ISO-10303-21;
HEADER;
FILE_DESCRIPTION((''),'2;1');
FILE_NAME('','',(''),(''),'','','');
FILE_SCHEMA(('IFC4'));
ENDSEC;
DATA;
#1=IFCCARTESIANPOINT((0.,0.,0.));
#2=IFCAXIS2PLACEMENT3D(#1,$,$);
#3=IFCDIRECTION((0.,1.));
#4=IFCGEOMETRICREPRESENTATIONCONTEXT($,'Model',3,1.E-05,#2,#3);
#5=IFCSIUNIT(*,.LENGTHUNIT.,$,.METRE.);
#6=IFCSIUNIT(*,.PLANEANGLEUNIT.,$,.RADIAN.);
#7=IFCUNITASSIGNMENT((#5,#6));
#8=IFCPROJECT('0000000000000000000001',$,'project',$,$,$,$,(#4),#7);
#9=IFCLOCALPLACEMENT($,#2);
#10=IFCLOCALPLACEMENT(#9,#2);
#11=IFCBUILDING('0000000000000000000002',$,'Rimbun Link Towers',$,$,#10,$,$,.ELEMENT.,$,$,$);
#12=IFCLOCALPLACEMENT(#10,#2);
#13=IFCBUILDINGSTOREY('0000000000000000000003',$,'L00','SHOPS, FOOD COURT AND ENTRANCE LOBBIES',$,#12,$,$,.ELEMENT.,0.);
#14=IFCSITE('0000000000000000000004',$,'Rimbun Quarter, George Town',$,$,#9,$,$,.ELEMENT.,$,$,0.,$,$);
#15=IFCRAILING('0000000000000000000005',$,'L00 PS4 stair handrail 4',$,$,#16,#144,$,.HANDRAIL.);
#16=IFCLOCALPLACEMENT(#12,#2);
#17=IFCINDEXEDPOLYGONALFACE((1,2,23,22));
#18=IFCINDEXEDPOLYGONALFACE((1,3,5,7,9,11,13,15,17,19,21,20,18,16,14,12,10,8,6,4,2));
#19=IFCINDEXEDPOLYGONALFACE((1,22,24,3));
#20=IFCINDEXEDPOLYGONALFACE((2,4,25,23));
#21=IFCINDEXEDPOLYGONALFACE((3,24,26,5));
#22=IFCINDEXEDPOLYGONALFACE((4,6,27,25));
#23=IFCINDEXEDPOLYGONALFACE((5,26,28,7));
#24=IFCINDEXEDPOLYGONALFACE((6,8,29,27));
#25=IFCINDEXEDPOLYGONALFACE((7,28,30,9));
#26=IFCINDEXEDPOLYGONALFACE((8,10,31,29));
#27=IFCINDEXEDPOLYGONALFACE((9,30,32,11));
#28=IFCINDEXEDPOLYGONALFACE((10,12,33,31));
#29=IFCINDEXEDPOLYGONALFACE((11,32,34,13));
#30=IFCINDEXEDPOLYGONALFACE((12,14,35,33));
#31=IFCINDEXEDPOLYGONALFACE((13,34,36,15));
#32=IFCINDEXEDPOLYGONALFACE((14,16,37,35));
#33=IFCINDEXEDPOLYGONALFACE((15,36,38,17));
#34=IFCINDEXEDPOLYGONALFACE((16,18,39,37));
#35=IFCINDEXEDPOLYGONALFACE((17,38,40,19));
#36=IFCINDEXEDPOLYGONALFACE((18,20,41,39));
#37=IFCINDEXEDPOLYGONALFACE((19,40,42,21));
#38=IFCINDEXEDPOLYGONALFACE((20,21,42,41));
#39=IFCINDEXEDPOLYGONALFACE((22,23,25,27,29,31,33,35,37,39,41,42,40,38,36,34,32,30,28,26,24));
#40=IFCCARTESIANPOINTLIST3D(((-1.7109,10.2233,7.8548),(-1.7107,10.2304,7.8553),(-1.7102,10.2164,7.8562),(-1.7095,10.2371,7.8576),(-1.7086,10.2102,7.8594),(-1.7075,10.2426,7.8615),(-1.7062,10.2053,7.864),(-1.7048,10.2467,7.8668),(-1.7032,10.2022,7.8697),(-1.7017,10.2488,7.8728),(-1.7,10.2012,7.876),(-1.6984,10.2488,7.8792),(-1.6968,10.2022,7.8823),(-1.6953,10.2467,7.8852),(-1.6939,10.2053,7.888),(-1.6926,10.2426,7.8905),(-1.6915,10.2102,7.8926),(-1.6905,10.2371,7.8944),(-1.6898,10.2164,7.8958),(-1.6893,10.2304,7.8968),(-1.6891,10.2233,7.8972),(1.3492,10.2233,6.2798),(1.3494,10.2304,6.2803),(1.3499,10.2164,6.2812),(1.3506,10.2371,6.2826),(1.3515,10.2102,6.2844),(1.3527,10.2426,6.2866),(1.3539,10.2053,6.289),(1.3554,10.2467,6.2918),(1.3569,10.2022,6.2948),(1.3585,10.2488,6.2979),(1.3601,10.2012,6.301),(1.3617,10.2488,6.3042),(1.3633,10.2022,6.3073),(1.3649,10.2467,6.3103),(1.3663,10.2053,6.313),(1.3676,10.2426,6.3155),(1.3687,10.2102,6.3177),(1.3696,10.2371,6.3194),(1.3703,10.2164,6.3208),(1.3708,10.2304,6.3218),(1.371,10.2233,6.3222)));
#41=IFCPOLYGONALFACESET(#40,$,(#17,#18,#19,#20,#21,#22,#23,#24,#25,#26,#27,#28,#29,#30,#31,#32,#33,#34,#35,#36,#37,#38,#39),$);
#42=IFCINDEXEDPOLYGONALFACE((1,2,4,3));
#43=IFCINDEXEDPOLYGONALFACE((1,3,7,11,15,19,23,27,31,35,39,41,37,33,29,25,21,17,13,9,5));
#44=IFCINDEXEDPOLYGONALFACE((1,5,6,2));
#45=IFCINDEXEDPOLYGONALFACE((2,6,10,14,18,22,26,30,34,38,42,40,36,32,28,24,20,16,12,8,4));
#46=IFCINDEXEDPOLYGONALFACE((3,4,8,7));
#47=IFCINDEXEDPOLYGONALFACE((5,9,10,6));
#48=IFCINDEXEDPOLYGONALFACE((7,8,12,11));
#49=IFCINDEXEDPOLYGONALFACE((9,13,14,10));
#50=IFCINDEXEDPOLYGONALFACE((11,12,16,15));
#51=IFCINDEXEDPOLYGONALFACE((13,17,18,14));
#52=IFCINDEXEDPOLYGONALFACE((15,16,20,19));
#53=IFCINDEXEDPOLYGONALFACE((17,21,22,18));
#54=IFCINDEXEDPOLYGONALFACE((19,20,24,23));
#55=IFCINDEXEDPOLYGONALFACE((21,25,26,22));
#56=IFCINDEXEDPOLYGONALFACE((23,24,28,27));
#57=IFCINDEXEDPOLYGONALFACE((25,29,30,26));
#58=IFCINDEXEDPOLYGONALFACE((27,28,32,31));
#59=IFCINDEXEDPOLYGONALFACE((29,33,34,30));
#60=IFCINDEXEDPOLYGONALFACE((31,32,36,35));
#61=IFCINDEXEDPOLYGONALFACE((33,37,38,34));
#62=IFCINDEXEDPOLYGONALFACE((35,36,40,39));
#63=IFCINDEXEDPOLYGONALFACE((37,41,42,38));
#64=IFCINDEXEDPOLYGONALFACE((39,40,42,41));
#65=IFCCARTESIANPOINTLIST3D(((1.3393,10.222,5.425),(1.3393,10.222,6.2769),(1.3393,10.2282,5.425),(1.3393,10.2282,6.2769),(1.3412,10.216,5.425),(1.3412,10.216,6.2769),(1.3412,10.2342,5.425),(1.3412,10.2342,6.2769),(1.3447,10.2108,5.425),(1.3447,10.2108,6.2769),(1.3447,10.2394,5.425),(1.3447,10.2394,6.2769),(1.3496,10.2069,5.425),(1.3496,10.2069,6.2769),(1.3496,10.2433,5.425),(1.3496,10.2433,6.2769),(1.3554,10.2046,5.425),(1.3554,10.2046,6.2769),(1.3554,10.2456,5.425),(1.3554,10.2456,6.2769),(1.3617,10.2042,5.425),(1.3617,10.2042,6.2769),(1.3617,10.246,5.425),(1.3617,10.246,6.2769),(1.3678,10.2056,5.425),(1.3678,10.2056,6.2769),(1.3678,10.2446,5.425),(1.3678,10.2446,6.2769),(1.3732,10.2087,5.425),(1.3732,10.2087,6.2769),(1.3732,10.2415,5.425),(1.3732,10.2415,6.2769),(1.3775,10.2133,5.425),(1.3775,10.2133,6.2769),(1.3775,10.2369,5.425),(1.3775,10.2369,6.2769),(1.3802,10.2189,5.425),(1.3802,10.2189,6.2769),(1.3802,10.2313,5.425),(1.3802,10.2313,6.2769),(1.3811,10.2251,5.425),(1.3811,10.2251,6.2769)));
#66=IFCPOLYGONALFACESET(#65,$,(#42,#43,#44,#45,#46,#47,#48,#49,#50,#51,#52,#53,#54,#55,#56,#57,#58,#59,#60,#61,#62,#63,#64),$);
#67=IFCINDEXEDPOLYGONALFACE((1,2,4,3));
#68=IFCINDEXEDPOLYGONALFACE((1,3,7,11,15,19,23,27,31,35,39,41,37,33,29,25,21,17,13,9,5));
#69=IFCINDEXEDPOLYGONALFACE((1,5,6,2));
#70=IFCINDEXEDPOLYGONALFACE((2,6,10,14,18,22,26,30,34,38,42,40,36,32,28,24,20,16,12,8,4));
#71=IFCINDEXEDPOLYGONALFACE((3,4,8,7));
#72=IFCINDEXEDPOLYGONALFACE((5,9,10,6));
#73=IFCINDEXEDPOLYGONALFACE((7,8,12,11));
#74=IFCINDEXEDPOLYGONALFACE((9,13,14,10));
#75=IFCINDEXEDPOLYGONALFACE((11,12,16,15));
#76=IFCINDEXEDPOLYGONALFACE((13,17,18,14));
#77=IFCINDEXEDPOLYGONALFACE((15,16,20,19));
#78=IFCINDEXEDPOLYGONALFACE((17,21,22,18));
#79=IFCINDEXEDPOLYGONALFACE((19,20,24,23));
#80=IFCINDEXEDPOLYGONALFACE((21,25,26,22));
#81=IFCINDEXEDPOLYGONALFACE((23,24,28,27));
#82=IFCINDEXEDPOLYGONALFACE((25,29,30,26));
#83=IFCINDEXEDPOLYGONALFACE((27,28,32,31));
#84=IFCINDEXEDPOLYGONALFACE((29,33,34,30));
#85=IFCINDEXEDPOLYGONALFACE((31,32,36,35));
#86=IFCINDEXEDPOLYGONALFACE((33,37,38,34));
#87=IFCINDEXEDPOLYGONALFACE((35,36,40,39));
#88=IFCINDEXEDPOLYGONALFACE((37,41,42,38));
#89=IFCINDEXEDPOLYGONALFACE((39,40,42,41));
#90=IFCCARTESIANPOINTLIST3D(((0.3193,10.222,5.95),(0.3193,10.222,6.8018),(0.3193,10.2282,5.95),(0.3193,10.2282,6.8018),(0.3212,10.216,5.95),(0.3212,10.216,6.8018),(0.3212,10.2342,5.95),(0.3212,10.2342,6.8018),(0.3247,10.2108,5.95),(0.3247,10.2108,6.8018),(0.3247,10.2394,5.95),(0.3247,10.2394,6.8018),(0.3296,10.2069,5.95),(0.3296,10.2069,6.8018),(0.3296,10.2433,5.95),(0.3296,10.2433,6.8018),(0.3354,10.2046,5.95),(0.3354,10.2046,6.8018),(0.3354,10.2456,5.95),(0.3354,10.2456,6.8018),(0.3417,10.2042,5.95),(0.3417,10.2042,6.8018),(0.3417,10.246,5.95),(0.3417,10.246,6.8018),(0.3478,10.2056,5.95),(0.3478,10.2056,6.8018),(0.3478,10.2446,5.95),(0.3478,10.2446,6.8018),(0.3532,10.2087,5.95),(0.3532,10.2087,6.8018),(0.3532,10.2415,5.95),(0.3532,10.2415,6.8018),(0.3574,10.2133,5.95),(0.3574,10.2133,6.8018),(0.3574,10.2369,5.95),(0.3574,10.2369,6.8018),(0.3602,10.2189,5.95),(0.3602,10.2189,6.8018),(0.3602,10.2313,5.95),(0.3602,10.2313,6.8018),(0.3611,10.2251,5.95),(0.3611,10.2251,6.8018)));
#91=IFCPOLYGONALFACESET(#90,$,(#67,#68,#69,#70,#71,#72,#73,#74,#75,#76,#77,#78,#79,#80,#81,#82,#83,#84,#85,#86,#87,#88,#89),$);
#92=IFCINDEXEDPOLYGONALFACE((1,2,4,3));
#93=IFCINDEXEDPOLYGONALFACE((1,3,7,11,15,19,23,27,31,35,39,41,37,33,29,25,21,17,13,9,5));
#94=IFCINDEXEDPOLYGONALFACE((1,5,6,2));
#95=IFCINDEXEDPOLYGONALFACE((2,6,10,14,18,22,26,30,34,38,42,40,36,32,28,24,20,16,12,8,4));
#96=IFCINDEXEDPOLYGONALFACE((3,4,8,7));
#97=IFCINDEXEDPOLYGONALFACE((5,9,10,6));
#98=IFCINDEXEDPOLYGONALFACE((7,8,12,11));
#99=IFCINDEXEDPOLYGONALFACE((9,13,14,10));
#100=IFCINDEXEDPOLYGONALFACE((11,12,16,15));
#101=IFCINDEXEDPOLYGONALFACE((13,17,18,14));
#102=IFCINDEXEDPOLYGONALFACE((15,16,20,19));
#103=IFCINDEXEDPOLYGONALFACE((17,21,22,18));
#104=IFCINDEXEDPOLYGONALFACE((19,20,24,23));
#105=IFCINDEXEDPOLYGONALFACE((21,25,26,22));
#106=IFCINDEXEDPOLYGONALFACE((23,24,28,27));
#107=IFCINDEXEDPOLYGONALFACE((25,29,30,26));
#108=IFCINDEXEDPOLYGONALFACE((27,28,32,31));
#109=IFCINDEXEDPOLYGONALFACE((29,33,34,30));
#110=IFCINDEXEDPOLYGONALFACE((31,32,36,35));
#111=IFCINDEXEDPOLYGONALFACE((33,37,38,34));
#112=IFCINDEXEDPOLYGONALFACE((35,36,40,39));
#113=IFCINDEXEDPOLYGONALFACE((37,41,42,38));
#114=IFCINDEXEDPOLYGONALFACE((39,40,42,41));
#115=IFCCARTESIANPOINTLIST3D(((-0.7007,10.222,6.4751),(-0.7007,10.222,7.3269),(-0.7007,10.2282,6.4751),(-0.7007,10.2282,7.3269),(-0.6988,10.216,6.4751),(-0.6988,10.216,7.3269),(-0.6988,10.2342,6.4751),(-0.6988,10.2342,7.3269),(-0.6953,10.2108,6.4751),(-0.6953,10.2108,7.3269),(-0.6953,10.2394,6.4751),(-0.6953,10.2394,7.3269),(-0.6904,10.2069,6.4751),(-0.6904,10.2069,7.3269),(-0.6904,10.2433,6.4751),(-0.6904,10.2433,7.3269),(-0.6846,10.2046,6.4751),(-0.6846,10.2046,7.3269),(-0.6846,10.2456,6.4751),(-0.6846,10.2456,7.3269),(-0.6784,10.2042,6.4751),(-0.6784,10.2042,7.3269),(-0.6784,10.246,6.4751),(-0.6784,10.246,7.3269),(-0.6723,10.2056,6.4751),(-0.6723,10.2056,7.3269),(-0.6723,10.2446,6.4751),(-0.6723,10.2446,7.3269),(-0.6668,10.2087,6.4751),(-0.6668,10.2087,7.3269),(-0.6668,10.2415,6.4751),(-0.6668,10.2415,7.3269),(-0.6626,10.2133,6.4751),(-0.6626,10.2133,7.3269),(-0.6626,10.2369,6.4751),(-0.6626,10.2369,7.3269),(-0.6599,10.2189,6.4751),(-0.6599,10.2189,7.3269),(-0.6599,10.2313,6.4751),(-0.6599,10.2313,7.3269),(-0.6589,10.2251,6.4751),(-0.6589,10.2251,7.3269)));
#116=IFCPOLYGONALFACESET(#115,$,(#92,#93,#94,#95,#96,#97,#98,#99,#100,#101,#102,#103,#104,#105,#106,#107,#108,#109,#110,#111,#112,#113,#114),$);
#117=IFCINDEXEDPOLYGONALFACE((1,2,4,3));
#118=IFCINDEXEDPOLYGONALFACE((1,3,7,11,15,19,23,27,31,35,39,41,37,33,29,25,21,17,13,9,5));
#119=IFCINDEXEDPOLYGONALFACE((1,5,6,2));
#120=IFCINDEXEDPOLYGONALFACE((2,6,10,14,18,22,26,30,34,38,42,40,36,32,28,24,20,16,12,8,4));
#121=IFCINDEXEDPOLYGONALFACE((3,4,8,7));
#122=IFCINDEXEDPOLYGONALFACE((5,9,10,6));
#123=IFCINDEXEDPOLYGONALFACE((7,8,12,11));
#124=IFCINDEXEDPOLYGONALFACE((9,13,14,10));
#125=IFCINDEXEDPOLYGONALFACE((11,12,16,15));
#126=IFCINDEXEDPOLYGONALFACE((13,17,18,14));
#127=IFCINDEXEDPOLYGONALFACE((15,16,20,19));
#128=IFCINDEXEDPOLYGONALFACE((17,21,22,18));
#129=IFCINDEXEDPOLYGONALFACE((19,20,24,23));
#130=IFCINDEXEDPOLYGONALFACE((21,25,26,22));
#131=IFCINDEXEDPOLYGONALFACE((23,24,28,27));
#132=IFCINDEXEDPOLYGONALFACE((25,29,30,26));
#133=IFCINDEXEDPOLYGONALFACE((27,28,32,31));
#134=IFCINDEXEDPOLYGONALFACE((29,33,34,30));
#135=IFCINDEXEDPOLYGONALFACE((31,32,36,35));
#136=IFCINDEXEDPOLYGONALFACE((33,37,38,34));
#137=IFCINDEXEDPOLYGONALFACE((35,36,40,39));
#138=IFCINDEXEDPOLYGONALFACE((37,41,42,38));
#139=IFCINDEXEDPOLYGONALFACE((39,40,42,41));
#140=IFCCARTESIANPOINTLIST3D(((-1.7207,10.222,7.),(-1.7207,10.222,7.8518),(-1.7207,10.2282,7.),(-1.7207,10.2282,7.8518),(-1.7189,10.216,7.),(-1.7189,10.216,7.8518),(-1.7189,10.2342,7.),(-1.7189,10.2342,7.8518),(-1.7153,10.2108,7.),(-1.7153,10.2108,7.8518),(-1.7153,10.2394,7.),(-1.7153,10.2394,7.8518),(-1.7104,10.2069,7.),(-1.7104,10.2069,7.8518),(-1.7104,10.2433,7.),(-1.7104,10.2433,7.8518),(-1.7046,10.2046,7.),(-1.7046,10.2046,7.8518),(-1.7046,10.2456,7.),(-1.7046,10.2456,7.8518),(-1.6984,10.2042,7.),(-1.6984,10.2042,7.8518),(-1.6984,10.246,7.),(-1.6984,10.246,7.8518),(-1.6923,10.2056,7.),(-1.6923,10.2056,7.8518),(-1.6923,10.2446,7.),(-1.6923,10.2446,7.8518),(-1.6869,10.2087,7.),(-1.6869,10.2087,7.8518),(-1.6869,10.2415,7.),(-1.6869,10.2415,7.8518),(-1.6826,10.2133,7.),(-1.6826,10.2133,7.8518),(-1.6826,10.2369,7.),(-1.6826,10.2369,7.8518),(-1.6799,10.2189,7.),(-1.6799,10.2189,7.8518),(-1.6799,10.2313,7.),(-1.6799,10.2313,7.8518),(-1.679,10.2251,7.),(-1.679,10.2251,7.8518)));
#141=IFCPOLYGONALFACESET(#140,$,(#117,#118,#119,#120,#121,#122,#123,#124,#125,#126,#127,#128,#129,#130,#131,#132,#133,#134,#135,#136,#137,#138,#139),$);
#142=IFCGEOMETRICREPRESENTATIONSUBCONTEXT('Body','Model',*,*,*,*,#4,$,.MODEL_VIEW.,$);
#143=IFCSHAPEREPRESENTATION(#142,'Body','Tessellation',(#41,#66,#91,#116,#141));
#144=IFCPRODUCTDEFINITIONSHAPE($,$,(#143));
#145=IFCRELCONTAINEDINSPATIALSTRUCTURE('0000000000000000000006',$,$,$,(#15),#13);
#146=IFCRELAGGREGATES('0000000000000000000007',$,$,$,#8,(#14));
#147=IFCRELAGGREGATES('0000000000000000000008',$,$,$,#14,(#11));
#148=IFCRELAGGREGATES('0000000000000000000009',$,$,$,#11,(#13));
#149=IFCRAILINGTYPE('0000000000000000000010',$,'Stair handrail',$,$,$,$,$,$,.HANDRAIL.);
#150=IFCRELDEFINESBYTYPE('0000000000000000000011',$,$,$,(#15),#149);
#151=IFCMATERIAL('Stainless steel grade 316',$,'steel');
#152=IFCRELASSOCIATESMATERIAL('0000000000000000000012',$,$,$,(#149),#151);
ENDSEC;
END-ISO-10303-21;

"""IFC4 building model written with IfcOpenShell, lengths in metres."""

from ifc_helpers import new_model, si_unit, direction, frame, origin, origin_2d, place, context, subcontext, project, spatial, circle, extrude, material, type_object, element, save


model = new_model("IFC4")

# Units and contexts
model_context = context("Model", 3, precision=1e-05, world=origin(), true_north=direction((0.0, 1.0)))
body_context = subcontext(model_context, "Body", "Model", "MODEL_VIEW")
ifc_project = project(units=[si_unit("LENGTHUNIT", "METRE"), si_unit("PLANEANGLEUNIT", "RADIAN")], contexts=[model_context])

# Site, building, storey
site_placement = place(None, origin())
site = spatial("IfcSite", under=ifc_project, at=site_placement, Name="Rimbun Quarter, George Town", CompositionType="ELEMENT", RefElevation=0.0)
building_placement = place(site_placement, origin())
building = spatial("IfcBuilding", under=site, at=building_placement, Name="Rimbun Link Towers", CompositionType="ELEMENT")
storey_placement = place(building_placement, origin())
storey = spatial("IfcBuildingStorey", under=building, at=storey_placement, Name="L00", Description="SHOPS, FOOD COURT AND ENTRANCE LOBBIES", CompositionType="ELEMENT", Elevation=0.0)

# Railing
ifc_material_1 = material(Name="Stainless steel grade 316", Category="steel")
railing_type_1 = type_object("IfcRailingType", Name="Stair handrail", PredefinedType="HANDRAIL", material=ifc_material_1)
for number, where, name in (
    (1, (1.3601, 10.2251, 5.425), "L00 PS4 stair handrail 4"),
):
    element("IfcRailing", number, at=place(storey_placement, frame(where)), inside=storey, type_object=railing_type_1, Name=name, PredefinedType="HANDRAIL", context=body_context, shape_type="SweptSolid", body=[
        extrude(circle(Radius=0.0239, at=origin_2d()), frame((0.0, 0.0, 0.876), z_axis=(-0.889145, 0.0, 0.457625), x_axis=(0.0, -1.0, 0.0)), (0.0, 0.0, 1.0), 3.4417),
        extrude(circle(Radius=0.021, at=origin_2d()), origin(), (0.0, 0.0, 1.0), 0.8518),
        extrude(circle(Radius=0.021, at=origin_2d()), frame((-1.02, 0.0, 0.5249)), (0.0, 0.0, 1.0), 0.8518),
        extrude(circle(Radius=0.021, at=origin_2d()), frame((-2.04, 0.0, 1.05)), (0.0, 0.0, 1.0), 0.8518),
        extrude(circle(Radius=0.021, at=origin_2d()), frame((-3.0601, 0.0, 1.575)), (0.0, 0.0, 1.0), 0.8518),
    ])

save(model, "model.ifc")
